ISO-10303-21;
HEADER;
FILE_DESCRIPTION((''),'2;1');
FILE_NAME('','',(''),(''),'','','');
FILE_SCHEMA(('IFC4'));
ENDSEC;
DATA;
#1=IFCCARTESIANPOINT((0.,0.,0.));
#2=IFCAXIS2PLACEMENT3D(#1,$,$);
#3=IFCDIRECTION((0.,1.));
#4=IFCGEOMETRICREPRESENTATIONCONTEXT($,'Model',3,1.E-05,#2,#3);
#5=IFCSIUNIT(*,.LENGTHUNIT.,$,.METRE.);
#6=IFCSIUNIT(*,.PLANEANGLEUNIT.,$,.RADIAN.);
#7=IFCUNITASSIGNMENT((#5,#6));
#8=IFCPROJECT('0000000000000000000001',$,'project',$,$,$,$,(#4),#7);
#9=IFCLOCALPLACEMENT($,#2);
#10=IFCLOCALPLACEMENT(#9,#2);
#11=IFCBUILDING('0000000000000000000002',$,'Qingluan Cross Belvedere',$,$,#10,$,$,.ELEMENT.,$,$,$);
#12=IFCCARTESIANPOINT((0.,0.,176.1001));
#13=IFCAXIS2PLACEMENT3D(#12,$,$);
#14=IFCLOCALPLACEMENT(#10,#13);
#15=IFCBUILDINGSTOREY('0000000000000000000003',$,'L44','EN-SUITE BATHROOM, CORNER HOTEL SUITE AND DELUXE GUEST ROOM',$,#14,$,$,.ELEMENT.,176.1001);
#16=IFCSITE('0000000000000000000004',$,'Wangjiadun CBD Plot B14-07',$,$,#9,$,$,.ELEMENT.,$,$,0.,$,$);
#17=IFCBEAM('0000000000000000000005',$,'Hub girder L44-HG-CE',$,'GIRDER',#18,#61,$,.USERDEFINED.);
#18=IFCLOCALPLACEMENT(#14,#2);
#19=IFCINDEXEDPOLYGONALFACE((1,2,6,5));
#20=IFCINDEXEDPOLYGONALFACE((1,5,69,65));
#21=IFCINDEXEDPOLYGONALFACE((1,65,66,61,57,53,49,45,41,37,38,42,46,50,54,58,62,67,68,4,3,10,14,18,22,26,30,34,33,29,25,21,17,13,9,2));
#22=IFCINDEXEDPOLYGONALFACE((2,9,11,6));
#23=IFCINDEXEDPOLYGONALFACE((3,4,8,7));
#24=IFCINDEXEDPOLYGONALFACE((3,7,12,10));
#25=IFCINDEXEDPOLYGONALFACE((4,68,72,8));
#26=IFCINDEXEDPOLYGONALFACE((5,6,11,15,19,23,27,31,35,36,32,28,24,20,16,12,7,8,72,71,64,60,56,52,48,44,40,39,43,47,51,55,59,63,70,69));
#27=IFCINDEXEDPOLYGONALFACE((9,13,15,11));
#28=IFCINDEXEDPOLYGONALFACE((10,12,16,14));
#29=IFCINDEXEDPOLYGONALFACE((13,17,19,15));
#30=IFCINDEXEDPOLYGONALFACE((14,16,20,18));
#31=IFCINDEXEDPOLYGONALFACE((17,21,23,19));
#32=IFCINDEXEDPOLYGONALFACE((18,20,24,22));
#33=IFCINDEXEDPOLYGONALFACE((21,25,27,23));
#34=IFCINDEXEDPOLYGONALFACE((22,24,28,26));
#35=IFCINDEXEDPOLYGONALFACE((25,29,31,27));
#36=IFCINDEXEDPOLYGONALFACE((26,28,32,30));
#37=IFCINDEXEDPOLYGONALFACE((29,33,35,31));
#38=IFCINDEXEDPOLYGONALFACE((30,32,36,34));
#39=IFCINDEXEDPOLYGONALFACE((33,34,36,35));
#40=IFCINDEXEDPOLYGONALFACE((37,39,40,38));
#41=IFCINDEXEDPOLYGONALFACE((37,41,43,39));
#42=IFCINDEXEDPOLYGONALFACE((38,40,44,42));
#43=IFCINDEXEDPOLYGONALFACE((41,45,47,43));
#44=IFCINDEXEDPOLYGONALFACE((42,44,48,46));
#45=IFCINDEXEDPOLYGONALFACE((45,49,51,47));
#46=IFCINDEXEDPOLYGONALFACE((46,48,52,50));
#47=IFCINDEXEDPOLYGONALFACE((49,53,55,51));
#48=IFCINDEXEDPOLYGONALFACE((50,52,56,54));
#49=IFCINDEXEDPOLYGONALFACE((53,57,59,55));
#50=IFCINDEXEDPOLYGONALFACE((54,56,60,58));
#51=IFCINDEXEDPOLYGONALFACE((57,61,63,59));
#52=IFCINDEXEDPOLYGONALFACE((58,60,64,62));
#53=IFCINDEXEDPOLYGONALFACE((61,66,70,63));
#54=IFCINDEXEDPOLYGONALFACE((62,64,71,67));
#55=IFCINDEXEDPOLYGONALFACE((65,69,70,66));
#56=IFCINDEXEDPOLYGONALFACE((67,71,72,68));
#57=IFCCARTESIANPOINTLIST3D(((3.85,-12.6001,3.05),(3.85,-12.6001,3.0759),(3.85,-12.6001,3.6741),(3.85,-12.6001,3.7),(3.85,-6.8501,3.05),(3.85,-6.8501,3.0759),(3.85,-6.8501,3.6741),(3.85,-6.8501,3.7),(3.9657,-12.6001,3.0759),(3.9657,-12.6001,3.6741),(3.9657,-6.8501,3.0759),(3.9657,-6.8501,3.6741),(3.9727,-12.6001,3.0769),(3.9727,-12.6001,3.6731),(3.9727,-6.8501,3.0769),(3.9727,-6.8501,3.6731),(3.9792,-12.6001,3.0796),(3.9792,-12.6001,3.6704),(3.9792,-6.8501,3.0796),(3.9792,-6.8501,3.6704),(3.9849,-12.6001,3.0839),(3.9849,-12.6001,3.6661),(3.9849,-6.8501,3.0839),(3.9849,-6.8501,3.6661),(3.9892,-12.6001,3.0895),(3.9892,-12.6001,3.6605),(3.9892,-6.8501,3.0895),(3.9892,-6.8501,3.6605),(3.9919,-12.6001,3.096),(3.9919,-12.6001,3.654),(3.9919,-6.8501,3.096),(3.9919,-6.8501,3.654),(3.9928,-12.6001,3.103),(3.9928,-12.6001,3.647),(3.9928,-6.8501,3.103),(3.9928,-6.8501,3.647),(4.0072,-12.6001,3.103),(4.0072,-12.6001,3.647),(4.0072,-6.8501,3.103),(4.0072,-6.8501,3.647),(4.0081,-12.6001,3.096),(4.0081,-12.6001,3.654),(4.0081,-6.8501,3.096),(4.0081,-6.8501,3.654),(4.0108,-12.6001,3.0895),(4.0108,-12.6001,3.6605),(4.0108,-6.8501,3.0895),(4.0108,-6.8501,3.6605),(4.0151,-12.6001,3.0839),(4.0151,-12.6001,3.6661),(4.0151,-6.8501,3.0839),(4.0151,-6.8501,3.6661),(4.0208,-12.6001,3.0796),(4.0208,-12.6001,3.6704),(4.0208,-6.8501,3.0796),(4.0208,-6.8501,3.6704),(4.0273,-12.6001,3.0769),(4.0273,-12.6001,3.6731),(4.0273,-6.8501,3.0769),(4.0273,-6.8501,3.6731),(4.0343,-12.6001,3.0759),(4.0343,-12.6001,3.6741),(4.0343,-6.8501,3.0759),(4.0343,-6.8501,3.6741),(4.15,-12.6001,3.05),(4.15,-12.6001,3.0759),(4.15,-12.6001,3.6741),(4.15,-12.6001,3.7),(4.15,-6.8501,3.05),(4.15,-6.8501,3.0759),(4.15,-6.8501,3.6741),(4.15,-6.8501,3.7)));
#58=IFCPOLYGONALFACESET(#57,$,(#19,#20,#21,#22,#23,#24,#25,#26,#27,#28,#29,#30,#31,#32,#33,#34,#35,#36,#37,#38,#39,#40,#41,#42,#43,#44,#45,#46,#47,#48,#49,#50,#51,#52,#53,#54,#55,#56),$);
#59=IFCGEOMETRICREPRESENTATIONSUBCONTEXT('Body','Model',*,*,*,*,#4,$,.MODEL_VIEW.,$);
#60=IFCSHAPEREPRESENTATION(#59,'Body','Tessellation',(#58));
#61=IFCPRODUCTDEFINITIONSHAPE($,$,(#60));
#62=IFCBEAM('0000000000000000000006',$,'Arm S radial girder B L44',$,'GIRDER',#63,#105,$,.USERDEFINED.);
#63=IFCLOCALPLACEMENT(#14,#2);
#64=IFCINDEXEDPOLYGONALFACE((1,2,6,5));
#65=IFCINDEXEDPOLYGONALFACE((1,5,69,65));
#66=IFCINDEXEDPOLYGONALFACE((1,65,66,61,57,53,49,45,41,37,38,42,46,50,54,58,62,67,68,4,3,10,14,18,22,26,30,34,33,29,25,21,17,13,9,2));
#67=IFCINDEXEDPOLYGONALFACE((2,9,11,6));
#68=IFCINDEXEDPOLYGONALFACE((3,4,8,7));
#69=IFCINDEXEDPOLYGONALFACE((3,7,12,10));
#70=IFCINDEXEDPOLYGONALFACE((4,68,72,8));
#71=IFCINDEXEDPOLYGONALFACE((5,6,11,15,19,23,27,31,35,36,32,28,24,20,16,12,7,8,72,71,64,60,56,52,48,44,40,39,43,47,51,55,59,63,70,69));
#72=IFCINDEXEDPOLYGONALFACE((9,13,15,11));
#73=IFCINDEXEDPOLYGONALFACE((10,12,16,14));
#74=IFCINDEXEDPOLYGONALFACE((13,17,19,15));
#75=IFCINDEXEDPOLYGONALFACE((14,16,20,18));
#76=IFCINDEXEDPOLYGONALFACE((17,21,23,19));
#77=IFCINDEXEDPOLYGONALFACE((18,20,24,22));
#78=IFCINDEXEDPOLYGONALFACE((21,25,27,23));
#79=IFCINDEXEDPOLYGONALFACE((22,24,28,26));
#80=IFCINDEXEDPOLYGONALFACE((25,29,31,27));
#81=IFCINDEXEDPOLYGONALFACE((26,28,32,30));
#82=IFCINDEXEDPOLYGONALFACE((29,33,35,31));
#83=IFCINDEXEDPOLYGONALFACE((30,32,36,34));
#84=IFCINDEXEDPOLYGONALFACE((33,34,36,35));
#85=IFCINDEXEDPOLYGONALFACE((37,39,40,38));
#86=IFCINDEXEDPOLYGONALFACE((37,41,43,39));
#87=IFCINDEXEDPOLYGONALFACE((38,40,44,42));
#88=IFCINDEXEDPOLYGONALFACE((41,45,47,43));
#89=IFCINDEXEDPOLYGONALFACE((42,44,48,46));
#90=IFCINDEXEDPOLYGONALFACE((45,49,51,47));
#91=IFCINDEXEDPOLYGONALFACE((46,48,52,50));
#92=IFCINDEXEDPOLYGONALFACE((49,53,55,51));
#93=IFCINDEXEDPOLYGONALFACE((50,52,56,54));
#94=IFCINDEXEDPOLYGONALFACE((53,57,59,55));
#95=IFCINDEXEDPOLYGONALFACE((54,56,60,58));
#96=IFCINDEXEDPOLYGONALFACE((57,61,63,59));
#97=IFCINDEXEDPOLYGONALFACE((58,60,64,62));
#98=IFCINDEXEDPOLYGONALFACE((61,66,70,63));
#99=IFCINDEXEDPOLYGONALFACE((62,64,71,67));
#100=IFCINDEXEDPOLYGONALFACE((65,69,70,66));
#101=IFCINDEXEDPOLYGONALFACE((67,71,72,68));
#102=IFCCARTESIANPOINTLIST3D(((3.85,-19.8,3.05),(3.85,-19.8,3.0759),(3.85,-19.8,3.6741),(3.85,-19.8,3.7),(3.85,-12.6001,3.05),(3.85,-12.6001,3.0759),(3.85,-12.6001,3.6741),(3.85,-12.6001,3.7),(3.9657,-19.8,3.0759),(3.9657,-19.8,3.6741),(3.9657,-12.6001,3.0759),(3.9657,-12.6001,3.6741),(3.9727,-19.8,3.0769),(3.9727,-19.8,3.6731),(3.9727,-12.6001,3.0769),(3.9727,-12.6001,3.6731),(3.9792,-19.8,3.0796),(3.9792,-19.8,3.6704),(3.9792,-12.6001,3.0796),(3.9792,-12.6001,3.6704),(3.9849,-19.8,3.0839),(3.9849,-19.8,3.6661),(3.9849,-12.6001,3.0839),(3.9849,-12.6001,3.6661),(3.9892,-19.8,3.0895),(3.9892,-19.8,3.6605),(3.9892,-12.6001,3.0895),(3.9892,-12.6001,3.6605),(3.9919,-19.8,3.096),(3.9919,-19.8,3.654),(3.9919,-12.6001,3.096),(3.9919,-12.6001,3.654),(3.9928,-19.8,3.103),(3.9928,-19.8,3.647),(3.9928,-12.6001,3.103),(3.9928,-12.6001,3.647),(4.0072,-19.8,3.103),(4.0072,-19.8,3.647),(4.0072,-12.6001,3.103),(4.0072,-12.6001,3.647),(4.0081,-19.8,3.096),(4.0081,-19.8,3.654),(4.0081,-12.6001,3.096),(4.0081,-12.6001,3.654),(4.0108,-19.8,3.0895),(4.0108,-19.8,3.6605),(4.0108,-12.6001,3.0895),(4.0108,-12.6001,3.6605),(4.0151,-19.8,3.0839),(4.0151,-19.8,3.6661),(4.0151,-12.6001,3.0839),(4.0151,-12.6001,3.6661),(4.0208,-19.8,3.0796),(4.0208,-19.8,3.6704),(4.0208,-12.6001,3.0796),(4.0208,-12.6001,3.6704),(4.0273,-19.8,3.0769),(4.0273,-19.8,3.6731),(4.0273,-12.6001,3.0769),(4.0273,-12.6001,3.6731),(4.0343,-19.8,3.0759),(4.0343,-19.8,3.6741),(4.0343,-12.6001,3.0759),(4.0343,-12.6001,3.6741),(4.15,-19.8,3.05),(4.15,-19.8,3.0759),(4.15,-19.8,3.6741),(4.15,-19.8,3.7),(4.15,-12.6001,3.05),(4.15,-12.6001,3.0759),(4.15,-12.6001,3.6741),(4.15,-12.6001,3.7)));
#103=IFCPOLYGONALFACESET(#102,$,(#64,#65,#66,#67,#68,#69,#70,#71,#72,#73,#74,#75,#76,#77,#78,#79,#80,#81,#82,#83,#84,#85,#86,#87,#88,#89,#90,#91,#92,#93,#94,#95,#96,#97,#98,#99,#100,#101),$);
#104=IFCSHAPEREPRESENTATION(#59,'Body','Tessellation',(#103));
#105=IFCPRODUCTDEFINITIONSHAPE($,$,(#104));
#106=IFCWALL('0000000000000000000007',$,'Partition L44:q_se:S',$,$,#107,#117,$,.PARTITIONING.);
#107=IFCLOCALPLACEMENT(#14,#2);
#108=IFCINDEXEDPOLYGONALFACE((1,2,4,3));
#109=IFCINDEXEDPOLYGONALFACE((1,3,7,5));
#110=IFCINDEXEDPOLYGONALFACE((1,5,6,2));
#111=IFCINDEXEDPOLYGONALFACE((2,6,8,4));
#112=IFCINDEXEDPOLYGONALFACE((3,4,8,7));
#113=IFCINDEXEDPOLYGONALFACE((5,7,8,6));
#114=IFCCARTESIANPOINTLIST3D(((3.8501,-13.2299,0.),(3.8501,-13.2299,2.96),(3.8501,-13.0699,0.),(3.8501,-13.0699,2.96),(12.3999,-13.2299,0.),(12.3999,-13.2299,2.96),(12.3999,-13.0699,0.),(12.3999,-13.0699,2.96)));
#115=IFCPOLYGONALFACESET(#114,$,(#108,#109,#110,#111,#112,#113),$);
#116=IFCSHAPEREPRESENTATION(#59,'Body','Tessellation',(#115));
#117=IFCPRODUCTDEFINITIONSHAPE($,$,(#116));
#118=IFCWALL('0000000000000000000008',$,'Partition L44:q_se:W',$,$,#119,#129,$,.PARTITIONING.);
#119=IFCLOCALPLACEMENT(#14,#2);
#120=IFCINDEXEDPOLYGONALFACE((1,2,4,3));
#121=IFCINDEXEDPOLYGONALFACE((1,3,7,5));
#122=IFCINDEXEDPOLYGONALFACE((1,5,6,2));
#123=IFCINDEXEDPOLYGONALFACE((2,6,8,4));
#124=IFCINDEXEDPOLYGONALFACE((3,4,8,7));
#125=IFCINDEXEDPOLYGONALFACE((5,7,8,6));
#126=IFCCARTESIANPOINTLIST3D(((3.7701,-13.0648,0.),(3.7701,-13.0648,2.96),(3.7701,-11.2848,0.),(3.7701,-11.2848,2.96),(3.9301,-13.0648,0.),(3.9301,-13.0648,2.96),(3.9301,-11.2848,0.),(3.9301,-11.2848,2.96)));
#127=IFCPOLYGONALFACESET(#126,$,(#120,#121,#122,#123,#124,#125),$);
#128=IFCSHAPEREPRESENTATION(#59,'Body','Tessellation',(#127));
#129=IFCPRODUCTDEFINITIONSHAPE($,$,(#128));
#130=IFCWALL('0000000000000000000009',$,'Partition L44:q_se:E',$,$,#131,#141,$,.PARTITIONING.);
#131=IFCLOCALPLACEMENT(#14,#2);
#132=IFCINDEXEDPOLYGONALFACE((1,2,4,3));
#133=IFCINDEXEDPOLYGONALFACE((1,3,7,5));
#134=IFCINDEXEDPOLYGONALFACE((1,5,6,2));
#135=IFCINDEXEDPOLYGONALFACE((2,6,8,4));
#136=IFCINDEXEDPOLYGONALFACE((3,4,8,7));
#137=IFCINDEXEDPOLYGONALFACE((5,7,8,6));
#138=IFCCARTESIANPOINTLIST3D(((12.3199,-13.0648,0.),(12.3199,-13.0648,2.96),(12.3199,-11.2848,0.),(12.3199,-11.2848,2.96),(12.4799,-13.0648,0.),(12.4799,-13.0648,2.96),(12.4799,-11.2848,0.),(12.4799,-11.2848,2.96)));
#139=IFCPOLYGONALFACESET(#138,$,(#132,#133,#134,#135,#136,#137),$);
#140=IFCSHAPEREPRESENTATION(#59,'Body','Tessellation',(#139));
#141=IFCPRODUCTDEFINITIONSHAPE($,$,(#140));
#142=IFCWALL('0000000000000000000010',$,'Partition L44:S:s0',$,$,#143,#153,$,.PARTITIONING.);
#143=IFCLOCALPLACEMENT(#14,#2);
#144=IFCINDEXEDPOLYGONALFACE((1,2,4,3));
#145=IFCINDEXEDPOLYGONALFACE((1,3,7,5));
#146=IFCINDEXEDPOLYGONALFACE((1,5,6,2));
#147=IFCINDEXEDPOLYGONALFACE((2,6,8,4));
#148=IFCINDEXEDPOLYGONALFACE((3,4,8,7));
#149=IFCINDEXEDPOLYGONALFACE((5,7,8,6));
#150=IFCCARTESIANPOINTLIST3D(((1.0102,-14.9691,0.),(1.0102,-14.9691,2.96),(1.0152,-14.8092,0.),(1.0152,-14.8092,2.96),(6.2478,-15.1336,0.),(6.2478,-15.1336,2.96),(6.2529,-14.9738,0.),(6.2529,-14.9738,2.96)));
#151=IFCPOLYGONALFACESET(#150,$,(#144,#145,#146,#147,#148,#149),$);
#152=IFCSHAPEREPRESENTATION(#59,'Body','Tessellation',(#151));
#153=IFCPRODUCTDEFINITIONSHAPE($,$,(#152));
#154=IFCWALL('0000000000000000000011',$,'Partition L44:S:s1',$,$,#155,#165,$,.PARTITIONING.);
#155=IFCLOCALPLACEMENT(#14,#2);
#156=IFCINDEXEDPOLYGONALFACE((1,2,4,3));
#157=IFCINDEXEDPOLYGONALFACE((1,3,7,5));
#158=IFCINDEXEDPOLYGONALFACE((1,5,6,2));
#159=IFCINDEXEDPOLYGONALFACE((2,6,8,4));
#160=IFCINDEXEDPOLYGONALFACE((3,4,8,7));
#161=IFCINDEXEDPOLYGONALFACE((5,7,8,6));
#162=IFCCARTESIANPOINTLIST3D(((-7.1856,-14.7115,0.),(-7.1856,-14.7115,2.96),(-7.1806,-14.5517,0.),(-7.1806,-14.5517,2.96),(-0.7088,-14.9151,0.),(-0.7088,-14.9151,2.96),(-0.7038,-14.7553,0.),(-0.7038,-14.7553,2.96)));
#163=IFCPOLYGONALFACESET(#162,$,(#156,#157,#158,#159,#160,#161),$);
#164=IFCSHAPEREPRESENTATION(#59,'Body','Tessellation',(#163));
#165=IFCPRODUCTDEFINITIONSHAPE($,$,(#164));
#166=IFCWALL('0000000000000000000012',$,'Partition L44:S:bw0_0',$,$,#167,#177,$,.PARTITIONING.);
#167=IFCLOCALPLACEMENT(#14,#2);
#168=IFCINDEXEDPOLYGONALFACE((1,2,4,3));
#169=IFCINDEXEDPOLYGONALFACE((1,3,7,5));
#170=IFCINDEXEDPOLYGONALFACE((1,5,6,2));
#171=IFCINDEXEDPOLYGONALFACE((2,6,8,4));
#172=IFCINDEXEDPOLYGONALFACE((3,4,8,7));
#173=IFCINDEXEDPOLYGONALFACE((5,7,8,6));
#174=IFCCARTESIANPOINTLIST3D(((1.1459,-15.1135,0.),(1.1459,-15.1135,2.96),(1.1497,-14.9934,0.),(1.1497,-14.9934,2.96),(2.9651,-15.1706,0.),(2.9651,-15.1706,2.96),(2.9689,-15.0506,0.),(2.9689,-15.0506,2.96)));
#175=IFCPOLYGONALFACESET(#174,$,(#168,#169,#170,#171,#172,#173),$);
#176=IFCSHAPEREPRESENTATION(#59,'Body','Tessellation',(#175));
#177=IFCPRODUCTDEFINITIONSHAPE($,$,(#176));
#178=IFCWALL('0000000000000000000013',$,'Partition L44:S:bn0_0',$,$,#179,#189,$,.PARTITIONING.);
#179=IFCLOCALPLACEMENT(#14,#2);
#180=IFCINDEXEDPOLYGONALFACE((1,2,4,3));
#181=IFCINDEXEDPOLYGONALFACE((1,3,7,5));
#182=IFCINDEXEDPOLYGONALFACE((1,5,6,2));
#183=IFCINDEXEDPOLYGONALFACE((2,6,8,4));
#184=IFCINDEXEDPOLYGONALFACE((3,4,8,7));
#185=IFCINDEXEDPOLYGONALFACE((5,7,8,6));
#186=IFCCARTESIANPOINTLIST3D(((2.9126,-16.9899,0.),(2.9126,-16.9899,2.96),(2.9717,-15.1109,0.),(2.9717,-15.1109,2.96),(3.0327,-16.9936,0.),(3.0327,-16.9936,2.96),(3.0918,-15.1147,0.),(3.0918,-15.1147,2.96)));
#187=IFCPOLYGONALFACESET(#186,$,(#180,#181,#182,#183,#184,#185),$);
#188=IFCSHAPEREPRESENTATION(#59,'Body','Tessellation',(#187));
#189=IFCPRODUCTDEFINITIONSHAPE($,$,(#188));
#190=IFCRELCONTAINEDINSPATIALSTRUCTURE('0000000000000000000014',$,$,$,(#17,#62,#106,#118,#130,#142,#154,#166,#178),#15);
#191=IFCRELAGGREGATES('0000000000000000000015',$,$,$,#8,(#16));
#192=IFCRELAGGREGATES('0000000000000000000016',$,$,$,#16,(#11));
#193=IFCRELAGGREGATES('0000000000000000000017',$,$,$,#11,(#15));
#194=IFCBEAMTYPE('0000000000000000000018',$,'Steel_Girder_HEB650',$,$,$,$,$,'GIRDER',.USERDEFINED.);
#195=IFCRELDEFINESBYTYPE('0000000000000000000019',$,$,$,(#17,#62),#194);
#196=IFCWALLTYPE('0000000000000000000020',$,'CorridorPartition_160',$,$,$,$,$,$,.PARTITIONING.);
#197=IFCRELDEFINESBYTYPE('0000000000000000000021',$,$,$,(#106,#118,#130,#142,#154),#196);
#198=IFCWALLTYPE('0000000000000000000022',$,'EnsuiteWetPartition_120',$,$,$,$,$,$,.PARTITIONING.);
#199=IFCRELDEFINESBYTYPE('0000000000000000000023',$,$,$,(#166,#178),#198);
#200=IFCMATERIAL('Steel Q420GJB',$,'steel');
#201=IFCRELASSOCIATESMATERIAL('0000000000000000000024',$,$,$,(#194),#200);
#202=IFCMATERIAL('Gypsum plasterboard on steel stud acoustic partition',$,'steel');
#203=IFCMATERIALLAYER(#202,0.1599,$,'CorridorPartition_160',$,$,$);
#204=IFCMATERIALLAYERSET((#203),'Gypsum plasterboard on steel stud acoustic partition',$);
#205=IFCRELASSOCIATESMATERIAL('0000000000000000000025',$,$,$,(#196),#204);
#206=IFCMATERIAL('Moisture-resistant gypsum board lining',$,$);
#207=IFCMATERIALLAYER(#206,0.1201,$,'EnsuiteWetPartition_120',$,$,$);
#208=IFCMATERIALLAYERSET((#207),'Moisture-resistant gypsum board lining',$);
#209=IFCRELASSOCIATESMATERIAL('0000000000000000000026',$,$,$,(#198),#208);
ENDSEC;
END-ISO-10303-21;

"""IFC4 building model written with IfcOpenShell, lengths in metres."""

from ifc_helpers import new_model, si_unit, direction, frame, frame_2d, origin, origin_2d, place, context, subcontext, project, spatial, rectangle, i_section, extrude, material, layer, layer_set, material_profile, profile_set, type_object, element, save


model = new_model("IFC4")

# Units and contexts
model_context = context("Model", 3, precision=1e-05, world=origin(), true_north=direction((0.0, 1.0)))
body_context = subcontext(model_context, "Body", "Model", "MODEL_VIEW")
ifc_project = project(units=[si_unit("LENGTHUNIT", "METRE"), si_unit("PLANEANGLEUNIT", "RADIAN")], contexts=[model_context])

# Site, building, storey
site_placement = place(None, origin())
site = spatial("IfcSite", under=ifc_project, at=site_placement, Name="Wangjiadun CBD Plot B14-07", CompositionType="ELEMENT", RefElevation=0.0)
building_placement = place(site_placement, origin())
building = spatial("IfcBuilding", under=site, at=building_placement, Name="Qingluan Cross Belvedere", CompositionType="ELEMENT")
storey_placement = place(building_placement, frame((0.0, 0.0, 176.1001)))
storey = spatial("IfcBuildingStorey", under=building, at=storey_placement, Name="L44", Description="EN-SUITE BATHROOM, CORNER HOTEL SUITE AND DELUXE GUEST ROOM", CompositionType="ELEMENT", Elevation=176.1001)

# Beams
ifc_material_1 = material(Name="Steel Q420GJB", Category="steel")
ifc_material_profile_1 = material_profile(ifc_material_1, i_section(OverallWidth=0.3, OverallDepth=0.6499, WebThickness=0.0144, FlangeThickness=0.0259, FilletRadius=0.0271, at=origin_2d()), Name="HEB650")
ifc_profile_set_1 = profile_set([ifc_material_profile_1], Name="Steel Q420GJB")
beam_type_1 = type_object("IfcBeamType", Name="Steel_Girder_HEB650", ElementType="GIRDER", PredefinedType="USERDEFINED", material=ifc_profile_set_1)
beam_1_placement = place(storey_placement, frame((4.0, -12.6001, 3.375), z_axis=(0.0, 1.0, 0.0), x_axis=(-1.0, 0.0, 0.0)))
element("IfcBeam", 1, at=beam_1_placement, inside=storey, type_object=beam_type_1, Name="Hub girder L44-HG-CE", ObjectType="GIRDER", PredefinedType="USERDEFINED", context=body_context, shape_type="SweptSolid", body=[
    extrude(i_section(OverallWidth=0.3, OverallDepth=0.6499, WebThickness=0.0144, FlangeThickness=0.0259, FilletRadius=0.0271, at=origin_2d()), origin(), (0.0, 0.0, 1.0), 5.75),
])
beam_2_placement = place(storey_placement, frame((4.0, -12.6001, 3.375), z_axis=(0.0, -1.0, 0.0), x_axis=(1.0, 0.0, 0.0)))
element("IfcBeam", 2, at=beam_2_placement, inside=storey, type_object=beam_type_1, Name="Arm S radial girder B L44", ObjectType="GIRDER", PredefinedType="USERDEFINED", context=body_context, shape_type="SweptSolid", body=[
    extrude(i_section(OverallWidth=0.3, OverallDepth=0.6499, WebThickness=0.0144, FlangeThickness=0.0259, FilletRadius=0.0271, at=origin_2d()), origin(), (0.0, 0.0, 1.0), 7.2),
])

# Walls
ifc_material_2 = material(Name="Gypsum plasterboard on steel stud acoustic partition", Category="steel")
ifc_layer_1 = layer(ifc_material_2, 0.1599, Name="CorridorPartition_160")
ifc_layer_set_1 = layer_set([ifc_layer_1], Name="Gypsum plasterboard on steel stud acoustic partition")
wall_type_1 = type_object("IfcWallType", Name="CorridorPartition_160", PredefinedType="PARTITIONING", material=ifc_layer_set_1)
wall_1_placement = place(storey_placement, frame((3.8501, -13.1499, 0.0), z_axis=(0.0, 0.0, 1.0), x_axis=(1.0, 0.0, 0.0)))
element("IfcWall", 3, at=wall_1_placement, inside=storey, type_object=wall_type_1, Name="Partition L44:q_se:S", PredefinedType="PARTITIONING", context=body_context, shape_type="SweptSolid", body=[
    extrude(rectangle(XDim=8.5498, YDim=0.1599, at=frame_2d((4.2749, 0.0))), origin(), (0.0, 0.0, 1.0), 2.96),
])
for number, where, z_axis, x_axis, name in (
    (4, (3.8501, -13.0649, 0.0), (0.0, 0.0, 1.0), (0.0, 1.0, 0.0), "Partition L44:q_se:W"),
    (5, (12.3999, -13.0649, 0.0), (0.0, 0.0, 1.0), (0.0, 1.0, 0.0), "Partition L44:q_se:E"),
):
    element("IfcWall", number, at=place(storey_placement, frame(where, z_axis=z_axis, x_axis=x_axis)), inside=storey, type_object=wall_type_1, Name=name, PredefinedType="PARTITIONING", context=body_context, shape_type="SweptSolid", body=[
        extrude(rectangle(XDim=1.78, YDim=0.1599, at=frame_2d((0.8901, 0.0))), origin(), (0.0, 0.0, 1.0), 2.96),
    ])

# Wall
wall_2_placement = place(storey_placement, frame((1.0127, -14.8892, 0.0), z_axis=(0.0, 0.0, 1.0), x_axis=(0.999507, -0.031402, 0.0)))
element("IfcWall", 6, at=wall_2_placement, inside=storey, type_object=wall_type_1, Name="Partition L44:S:s0", PredefinedType="PARTITIONING", context=body_context, shape_type="SweptSolid", body=[
    extrude(rectangle(XDim=5.2402, YDim=0.1599, at=frame_2d((2.6201, 0.0))), origin(), (0.0, 0.0, 1.0), 2.96),
])

# Walls
wall_3_placement = place(storey_placement, frame((-0.7063, -14.8352, 0.0), z_axis=(0.0, 0.0, 1.0), x_axis=(-0.999506, 0.031422, 0.0)))
element("IfcWall", 7, at=wall_3_placement, inside=storey, type_object=wall_type_1, Name="Partition L44:S:s1", PredefinedType="PARTITIONING", context=body_context, shape_type="SweptSolid", body=[
    extrude(rectangle(XDim=6.48, YDim=0.1599, at=frame_2d((3.24, 0.0))), origin(), (0.0, 0.0, 1.0), 2.96),
])
ifc_material_3 = material(Name="Moisture-resistant gypsum board lining")
ifc_layer_2 = layer(ifc_material_3, 0.1201, Name="EnsuiteWetPartition_120")
ifc_layer_set_2 = layer_set([ifc_layer_2], Name="Moisture-resistant gypsum board lining")
wall_type_2 = type_object("IfcWallType", Name="EnsuiteWetPartition_120", PredefinedType="PARTITIONING", material=ifc_layer_set_2)
wall_4_placement = place(storey_placement, frame((1.1477, -15.0535, 0.0), z_axis=(0.0, 0.0, 1.0), x_axis=(0.999507, -0.03139, 0.0)))
element("IfcWall", 8, at=wall_4_placement, inside=storey, type_object=wall_type_2, Name="Partition L44:S:bw0_0", PredefinedType="PARTITIONING", context=body_context, shape_type="SweptSolid", body=[
    extrude(rectangle(XDim=1.8201, YDim=0.1201, at=frame_2d((0.9102, 0.0))), origin(), (0.0, 0.0, 1.0), 2.96),
])
wall_5_placement = place(storey_placement, frame((3.0317, -15.1128, 0.0), z_axis=(0.0, 0.0, 1.0), x_axis=(-0.031429, -0.999506, 0.0)))
element("IfcWall", 9, at=wall_5_placement, inside=storey, type_object=wall_type_2, Name="Partition L44:S:bn0_0", PredefinedType="PARTITIONING", context=body_context, shape_type="SweptSolid", body=[
    extrude(rectangle(XDim=1.8799, YDim=0.1201, at=frame_2d((0.9399, 0.0))), origin(), (0.0, 0.0, 1.0), 2.96),
])

save(model, "model.ifc")
